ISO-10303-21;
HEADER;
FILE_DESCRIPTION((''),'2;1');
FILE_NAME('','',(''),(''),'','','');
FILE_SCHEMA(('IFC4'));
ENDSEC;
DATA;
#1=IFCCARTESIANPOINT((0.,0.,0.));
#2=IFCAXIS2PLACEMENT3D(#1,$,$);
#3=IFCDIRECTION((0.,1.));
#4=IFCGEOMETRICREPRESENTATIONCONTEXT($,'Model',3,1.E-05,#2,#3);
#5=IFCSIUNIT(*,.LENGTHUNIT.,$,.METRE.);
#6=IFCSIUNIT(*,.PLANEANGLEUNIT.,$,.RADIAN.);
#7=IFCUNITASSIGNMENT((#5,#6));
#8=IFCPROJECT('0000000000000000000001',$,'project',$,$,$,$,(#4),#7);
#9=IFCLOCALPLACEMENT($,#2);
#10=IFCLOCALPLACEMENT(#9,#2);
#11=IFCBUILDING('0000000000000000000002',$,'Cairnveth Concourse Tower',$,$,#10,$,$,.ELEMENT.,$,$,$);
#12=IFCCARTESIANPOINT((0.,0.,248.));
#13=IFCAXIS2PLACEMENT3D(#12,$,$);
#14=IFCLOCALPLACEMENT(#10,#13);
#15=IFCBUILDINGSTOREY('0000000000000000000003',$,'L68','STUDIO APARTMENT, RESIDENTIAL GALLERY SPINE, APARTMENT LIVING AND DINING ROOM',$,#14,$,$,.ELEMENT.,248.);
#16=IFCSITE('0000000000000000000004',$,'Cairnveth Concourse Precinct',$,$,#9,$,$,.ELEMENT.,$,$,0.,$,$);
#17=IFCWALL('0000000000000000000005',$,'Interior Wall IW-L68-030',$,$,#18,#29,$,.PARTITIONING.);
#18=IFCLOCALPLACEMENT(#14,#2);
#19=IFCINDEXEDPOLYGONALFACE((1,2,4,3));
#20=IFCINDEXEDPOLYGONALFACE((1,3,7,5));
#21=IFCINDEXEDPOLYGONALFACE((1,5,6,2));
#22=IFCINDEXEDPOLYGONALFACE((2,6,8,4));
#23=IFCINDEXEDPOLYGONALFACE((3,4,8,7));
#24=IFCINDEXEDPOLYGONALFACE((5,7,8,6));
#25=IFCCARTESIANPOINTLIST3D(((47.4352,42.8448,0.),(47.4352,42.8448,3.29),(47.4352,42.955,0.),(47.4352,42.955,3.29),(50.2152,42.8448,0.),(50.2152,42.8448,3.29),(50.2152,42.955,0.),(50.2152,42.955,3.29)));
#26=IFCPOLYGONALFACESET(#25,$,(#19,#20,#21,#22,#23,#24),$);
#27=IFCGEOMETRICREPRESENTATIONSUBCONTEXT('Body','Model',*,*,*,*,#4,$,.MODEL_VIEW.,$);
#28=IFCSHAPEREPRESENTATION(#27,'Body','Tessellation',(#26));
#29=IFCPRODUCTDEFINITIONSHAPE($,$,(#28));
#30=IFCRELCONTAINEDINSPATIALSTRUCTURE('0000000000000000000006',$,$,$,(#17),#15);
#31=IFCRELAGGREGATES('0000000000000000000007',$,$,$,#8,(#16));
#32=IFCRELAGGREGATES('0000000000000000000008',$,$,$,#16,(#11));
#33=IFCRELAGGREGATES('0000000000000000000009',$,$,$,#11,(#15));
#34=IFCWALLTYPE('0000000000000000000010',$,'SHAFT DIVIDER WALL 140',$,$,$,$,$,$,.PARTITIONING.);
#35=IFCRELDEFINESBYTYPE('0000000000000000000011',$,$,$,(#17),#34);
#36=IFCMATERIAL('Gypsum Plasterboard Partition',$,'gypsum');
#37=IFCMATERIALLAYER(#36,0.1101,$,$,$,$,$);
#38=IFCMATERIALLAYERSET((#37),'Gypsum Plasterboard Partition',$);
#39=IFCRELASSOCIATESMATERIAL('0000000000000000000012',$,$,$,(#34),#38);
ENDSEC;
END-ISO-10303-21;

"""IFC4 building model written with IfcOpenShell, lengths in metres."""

from ifc_helpers import new_model, si_unit, direction, frame, frame_2d, origin, place, context, subcontext, project, spatial, rectangle, extrude, material, layer, layer_set, type_object, element, save


model = new_model("IFC4")

# Units and contexts
model_context = context("Model", 3, precision=1e-05, world=origin(), true_north=direction((0.0, 1.0)))
body_context = subcontext(model_context, "Body", "Model", "MODEL_VIEW")
ifc_project = project(units=[si_unit("LENGTHUNIT", "METRE"), si_unit("PLANEANGLEUNIT", "RADIAN")], contexts=[model_context])

# Site, building, storey
site_placement = place(None, origin())
site = spatial("IfcSite", under=ifc_project, at=site_placement, Name="Cairnveth Concourse Precinct", CompositionType="ELEMENT", RefElevation=0.0)
building_placement = place(site_placement, origin())
building = spatial("IfcBuilding", under=site, at=building_placement, Name="Cairnveth Concourse Tower", CompositionType="ELEMENT")
storey_placement = place(building_placement, frame((0.0, 0.0, 248.0)))
storey = spatial("IfcBuildingStorey", under=building, at=storey_placement, Name="L68", Description="STUDIO APARTMENT, RESIDENTIAL GALLERY SPINE, APARTMENT LIVING AND DINING ROOM", CompositionType="ELEMENT", Elevation=248.0)

# Shared definitions
ifc_material_1 = material(Name="Gypsum Plasterboard Partition", Category="gypsum")

# Wall
ifc_layer_1 = layer(ifc_material_1, 0.1101)
ifc_layer_set_1 = layer_set([ifc_layer_1], Name="Gypsum Plasterboard Partition")
wall_type_1 = type_object("IfcWallType", Name="SHAFT DIVIDER WALL 140", PredefinedType="PARTITIONING", material=ifc_layer_set_1)
wall_1_placement = place(storey_placement, frame((47.4351, 42.8999, 0.0), z_axis=(0.0, 0.0, 1.0), x_axis=(1.0, 0.0, 0.0)))
element("IfcWall", 1, at=wall_1_placement, inside=storey, type_object=wall_type_1, Name="Interior Wall IW-L68-030", PredefinedType="PARTITIONING", context=body_context, shape_type="SweptSolid", body=[
    extrude(rectangle(XDim=2.78, YDim=0.1101, at=frame_2d((1.3901, 0.0))), origin(), (0.0, 0.0, 1.0), 3.29),
])

save(model, "model.ifc")
